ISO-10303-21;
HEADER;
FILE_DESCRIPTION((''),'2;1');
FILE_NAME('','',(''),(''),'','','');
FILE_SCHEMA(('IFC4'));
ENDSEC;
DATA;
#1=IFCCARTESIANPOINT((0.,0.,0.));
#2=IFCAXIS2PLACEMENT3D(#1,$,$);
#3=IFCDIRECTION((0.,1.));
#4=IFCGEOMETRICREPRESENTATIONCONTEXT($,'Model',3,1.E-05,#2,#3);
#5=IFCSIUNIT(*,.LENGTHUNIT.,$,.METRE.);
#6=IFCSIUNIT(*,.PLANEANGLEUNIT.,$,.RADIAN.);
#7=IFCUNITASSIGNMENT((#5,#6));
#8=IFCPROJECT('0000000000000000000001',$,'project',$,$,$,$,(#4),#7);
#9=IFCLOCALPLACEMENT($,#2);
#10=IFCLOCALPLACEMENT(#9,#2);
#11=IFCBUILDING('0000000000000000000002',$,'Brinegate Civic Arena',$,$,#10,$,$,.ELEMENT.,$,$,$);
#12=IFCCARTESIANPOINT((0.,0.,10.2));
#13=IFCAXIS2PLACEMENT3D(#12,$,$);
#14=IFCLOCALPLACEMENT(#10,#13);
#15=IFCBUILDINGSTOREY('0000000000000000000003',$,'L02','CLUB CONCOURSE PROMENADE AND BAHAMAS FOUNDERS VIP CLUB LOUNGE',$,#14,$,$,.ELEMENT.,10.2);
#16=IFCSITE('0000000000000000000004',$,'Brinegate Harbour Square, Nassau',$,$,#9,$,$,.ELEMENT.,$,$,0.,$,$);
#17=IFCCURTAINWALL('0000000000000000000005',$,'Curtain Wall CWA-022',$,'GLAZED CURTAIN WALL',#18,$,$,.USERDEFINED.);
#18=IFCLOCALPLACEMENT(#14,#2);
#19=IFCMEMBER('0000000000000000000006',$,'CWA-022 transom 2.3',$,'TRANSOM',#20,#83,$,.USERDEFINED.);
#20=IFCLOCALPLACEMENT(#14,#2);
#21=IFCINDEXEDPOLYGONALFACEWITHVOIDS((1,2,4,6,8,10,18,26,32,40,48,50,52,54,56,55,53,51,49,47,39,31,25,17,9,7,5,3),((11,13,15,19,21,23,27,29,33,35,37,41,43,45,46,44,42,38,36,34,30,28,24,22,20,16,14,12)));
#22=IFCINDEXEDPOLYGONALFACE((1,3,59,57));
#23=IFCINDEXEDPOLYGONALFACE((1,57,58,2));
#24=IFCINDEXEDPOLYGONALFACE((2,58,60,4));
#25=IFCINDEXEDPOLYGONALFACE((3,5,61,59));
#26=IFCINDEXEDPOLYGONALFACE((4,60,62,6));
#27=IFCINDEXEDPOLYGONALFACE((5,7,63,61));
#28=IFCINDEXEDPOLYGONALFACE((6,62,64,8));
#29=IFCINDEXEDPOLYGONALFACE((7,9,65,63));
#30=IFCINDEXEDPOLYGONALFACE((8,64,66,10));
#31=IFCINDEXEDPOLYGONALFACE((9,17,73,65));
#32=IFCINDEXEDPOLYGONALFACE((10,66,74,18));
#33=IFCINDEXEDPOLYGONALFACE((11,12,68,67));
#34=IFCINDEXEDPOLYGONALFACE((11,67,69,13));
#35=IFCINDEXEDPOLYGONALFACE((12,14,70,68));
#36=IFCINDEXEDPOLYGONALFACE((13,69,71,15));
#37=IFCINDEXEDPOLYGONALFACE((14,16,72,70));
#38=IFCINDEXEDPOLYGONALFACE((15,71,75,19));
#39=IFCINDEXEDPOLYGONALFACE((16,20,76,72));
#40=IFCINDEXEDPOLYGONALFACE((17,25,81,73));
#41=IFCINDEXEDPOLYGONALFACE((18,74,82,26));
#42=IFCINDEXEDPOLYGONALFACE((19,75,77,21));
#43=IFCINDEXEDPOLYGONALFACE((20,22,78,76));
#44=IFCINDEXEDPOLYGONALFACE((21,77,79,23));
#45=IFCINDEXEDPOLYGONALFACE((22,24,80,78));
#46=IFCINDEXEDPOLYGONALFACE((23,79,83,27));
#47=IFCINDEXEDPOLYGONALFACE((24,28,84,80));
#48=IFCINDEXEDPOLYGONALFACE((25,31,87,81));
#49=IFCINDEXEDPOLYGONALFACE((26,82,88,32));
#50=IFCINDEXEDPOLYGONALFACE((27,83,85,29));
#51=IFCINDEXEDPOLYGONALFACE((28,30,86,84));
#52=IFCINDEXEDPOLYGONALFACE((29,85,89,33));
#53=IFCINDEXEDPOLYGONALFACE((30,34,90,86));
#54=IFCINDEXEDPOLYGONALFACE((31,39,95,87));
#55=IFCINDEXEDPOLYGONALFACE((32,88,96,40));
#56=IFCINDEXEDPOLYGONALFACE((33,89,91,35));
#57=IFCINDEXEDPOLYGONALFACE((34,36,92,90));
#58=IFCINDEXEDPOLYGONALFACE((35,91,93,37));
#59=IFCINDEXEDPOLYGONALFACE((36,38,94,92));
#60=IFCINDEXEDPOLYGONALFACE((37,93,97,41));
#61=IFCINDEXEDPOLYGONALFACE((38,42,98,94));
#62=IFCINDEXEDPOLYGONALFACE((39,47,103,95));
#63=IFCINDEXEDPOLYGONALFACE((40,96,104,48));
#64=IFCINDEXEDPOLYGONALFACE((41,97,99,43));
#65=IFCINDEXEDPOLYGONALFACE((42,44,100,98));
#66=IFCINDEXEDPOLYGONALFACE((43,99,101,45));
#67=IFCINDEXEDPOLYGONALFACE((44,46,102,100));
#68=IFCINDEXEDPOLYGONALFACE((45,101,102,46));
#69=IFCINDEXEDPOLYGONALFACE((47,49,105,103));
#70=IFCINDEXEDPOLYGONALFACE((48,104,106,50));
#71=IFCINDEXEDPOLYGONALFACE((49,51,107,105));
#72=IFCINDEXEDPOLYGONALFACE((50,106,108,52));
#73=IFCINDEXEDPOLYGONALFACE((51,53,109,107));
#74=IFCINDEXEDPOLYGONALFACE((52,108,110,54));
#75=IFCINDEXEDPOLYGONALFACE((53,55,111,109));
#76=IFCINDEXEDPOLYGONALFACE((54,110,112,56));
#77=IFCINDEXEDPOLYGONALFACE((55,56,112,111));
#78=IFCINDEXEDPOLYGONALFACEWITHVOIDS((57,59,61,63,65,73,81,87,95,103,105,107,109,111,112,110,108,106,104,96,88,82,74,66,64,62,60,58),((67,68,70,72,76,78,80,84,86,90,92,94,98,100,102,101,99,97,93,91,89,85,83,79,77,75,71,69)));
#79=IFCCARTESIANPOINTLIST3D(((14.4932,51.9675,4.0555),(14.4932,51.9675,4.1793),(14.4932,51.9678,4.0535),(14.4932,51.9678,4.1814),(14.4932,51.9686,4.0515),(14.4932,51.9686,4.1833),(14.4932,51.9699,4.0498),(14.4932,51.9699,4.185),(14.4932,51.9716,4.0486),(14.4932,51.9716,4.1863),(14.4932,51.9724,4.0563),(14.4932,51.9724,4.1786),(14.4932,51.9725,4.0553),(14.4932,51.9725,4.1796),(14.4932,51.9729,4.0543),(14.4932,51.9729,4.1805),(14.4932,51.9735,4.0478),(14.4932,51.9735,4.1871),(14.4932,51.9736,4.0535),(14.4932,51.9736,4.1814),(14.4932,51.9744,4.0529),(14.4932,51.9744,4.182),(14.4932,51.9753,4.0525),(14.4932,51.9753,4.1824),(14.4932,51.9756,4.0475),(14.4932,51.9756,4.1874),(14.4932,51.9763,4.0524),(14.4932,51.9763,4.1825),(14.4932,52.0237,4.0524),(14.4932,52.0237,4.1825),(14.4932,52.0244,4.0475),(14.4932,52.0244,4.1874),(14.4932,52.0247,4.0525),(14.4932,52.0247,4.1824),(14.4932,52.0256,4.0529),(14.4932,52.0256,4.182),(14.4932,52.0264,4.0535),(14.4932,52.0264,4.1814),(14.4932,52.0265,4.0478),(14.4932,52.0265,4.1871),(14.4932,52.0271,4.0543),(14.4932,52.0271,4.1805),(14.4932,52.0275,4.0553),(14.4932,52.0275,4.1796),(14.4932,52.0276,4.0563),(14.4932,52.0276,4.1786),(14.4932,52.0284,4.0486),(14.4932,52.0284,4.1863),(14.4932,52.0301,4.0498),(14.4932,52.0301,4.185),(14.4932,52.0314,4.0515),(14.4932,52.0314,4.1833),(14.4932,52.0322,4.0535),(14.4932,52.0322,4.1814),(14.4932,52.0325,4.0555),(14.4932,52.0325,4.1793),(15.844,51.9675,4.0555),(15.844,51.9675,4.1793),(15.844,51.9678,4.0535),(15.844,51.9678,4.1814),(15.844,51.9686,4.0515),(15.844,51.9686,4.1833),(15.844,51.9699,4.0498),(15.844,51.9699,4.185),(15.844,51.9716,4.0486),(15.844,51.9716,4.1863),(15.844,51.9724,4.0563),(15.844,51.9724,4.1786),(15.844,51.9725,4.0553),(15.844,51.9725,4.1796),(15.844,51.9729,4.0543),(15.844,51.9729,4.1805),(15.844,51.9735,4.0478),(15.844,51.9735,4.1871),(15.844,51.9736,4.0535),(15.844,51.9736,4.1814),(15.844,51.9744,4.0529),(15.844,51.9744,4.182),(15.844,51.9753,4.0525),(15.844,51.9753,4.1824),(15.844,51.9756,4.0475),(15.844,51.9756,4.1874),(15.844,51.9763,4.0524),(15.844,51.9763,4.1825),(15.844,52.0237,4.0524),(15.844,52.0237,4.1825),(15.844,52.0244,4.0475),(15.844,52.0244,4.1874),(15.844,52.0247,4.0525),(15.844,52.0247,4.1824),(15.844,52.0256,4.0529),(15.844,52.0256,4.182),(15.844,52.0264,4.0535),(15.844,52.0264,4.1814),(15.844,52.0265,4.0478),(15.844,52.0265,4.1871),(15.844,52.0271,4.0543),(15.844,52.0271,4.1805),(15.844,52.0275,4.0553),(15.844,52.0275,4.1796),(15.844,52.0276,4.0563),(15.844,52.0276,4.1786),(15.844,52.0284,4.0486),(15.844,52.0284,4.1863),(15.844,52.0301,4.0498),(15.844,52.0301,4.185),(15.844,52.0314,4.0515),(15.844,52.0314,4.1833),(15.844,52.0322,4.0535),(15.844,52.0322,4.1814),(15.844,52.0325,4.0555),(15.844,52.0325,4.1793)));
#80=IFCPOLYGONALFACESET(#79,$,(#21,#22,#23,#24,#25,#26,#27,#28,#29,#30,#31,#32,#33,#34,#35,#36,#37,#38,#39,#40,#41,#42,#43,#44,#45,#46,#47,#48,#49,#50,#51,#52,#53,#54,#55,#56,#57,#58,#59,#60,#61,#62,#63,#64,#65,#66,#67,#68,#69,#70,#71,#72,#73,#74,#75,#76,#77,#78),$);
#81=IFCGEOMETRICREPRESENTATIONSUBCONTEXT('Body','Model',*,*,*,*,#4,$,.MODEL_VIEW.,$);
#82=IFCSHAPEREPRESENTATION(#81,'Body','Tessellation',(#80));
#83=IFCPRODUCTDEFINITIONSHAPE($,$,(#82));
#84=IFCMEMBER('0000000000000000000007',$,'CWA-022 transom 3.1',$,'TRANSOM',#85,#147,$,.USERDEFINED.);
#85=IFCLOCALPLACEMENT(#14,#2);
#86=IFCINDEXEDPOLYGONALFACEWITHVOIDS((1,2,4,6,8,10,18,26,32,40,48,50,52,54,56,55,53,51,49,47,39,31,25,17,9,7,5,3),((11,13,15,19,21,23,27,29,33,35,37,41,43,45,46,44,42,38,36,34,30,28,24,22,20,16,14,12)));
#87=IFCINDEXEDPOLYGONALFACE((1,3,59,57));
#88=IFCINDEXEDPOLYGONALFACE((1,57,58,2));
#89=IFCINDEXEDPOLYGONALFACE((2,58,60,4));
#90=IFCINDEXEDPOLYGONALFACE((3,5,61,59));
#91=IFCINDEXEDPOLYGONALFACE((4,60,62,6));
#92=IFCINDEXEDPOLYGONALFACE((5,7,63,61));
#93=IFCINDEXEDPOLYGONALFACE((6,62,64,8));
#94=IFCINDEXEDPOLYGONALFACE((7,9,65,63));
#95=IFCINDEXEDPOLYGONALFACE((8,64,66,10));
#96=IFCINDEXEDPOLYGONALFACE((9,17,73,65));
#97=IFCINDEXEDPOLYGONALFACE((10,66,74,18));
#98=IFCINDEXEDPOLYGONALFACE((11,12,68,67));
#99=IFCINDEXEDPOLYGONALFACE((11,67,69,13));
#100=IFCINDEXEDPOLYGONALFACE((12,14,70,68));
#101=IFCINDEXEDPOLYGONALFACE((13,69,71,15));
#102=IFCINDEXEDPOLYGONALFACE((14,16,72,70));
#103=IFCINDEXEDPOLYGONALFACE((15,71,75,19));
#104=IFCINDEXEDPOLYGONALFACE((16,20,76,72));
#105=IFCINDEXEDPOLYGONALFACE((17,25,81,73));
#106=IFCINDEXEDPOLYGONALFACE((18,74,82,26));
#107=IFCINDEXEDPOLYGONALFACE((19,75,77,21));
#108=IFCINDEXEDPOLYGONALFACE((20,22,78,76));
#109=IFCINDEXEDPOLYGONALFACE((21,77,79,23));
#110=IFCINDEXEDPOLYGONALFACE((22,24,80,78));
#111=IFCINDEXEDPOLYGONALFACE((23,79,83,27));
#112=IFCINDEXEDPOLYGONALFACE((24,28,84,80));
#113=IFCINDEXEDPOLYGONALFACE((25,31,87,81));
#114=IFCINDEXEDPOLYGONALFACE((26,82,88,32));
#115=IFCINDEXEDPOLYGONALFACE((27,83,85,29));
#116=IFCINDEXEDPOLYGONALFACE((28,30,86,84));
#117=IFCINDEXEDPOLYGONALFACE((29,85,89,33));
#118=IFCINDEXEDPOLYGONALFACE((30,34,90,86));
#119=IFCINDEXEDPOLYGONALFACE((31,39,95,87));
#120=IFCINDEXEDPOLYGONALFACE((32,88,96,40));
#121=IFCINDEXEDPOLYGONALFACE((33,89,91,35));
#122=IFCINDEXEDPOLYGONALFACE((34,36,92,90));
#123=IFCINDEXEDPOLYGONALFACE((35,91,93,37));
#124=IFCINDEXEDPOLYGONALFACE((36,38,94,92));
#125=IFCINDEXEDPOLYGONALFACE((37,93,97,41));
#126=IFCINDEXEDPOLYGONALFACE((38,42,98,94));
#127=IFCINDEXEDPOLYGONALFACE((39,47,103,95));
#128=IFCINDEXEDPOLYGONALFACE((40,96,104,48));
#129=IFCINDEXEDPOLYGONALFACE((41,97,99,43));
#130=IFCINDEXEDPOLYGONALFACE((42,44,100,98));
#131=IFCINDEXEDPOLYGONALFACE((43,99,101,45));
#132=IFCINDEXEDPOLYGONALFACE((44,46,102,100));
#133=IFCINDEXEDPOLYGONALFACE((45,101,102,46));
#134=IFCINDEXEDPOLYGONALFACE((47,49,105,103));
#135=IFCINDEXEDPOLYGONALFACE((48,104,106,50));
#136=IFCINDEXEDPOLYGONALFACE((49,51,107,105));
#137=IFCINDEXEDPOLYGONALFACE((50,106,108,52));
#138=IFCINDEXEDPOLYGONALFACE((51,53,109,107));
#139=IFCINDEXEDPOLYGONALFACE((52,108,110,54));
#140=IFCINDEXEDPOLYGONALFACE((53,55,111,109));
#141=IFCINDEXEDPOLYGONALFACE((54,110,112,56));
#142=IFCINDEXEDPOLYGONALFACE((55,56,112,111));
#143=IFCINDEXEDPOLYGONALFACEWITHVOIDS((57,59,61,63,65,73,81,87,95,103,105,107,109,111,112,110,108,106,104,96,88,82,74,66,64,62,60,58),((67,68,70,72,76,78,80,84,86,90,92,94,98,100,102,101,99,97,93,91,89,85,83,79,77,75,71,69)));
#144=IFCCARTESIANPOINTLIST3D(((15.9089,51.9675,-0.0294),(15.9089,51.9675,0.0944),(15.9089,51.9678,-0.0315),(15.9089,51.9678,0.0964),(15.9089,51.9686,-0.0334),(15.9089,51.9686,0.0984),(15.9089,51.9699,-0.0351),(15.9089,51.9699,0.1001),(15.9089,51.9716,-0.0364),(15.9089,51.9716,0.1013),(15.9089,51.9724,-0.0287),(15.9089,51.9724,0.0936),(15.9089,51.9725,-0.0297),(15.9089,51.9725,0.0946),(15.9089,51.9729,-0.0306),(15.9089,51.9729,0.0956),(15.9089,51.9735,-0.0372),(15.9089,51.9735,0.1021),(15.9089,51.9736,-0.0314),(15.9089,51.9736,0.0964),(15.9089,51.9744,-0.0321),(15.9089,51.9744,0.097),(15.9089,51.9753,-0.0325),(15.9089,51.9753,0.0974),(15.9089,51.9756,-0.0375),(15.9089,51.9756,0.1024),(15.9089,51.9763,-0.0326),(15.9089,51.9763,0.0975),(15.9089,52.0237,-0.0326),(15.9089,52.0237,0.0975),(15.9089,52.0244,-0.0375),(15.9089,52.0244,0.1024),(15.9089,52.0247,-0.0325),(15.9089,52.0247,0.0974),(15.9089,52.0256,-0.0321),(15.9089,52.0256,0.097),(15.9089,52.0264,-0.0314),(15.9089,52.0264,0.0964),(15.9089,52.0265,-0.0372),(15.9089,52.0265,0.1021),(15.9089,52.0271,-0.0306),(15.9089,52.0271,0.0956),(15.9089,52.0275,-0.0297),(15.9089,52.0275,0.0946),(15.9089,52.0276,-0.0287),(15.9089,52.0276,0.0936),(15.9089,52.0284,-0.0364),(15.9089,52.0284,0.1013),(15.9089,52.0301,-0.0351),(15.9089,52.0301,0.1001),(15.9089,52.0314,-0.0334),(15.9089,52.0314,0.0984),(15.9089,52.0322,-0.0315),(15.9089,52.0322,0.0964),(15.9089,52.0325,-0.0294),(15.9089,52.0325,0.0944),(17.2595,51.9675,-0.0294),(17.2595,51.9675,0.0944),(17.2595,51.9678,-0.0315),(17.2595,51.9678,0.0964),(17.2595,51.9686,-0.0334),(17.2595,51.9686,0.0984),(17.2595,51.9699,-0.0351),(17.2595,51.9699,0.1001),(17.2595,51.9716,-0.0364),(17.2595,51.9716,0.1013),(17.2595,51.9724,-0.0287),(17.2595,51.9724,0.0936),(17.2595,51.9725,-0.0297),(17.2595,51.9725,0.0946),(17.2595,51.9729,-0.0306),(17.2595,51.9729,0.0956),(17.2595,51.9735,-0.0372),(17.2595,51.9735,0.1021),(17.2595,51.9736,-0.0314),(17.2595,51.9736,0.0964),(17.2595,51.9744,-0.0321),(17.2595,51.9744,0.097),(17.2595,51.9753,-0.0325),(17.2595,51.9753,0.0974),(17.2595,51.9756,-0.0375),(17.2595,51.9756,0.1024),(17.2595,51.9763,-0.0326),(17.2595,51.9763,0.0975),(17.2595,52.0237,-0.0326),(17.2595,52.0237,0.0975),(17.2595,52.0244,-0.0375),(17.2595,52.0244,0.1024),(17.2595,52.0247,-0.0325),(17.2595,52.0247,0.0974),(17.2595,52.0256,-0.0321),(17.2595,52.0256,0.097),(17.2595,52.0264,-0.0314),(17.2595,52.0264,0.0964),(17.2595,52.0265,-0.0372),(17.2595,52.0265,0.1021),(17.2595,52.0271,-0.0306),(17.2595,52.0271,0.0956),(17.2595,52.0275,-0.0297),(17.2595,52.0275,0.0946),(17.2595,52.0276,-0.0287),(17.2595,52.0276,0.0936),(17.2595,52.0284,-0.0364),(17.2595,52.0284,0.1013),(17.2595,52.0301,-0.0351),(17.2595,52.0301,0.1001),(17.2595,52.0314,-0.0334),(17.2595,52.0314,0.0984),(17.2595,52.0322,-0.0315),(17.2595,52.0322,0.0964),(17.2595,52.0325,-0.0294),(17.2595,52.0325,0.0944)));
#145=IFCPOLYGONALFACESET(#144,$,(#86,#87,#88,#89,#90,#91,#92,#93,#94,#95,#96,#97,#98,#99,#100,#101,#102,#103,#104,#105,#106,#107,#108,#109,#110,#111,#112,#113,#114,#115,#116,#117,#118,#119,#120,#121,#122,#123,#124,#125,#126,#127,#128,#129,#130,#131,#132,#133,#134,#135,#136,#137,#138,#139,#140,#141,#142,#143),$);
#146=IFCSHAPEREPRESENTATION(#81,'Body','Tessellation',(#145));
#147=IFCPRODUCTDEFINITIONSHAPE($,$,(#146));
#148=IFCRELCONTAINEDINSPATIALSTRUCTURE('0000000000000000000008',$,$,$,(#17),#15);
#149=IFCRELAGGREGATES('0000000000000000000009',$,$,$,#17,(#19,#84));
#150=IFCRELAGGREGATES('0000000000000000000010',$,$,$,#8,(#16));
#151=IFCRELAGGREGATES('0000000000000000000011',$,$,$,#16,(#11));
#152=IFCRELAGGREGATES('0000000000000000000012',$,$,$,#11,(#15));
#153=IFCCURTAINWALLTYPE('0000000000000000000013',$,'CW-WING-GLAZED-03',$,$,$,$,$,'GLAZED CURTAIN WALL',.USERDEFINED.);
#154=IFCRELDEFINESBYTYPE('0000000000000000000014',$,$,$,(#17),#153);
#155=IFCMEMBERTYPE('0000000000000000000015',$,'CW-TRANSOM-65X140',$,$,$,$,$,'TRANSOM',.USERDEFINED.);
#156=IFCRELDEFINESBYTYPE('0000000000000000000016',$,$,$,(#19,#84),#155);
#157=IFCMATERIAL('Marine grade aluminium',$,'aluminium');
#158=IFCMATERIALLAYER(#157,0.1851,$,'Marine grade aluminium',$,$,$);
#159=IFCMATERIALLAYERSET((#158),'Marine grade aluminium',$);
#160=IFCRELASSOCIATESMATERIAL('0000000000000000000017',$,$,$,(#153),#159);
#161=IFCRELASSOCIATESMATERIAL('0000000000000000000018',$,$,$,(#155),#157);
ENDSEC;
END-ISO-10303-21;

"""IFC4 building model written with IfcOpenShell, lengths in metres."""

from ifc_helpers import new_model, si_unit, direction, frame, origin, origin_2d, place, context, subcontext, project, spatial, hollow_rectangle, extrude, material, layer, layer_set, material_profile, profile_set, type_object, element, aggregate, save


model = new_model("IFC4")

# Units and contexts
model_context = context("Model", 3, precision=1e-05, world=origin(), true_north=direction((0.0, 1.0)))
body_context = subcontext(model_context, "Body", "Model", "MODEL_VIEW")
ifc_project = project(units=[si_unit("LENGTHUNIT", "METRE"), si_unit("PLANEANGLEUNIT", "RADIAN")], contexts=[model_context])

# Site, building, storey
site_placement = place(None, origin())
site = spatial("IfcSite", under=ifc_project, at=site_placement, Name="Brinegate Harbour Square, Nassau", CompositionType="ELEMENT", RefElevation=0.0)
building_placement = place(site_placement, origin())
building = spatial("IfcBuilding", under=site, at=building_placement, Name="Brinegate Civic Arena", CompositionType="ELEMENT")
storey_placement = place(building_placement, frame((0.0, 0.0, 10.2)))
storey = spatial("IfcBuildingStorey", under=building, at=storey_placement, Name="L02", Description="CLUB CONCOURSE PROMENADE AND BAHAMAS FOUNDERS VIP CLUB LOUNGE", CompositionType="ELEMENT", Elevation=10.2)

# Curtain wall, members
ifc_material_1 = material(Name="Marine grade aluminium", Category="aluminium")
ifc_layer_1 = layer(ifc_material_1, 0.1851, Name="Marine grade aluminium")
ifc_layer_set_1 = layer_set([ifc_layer_1], Name="Marine grade aluminium")
curtain_wall_type = type_object("IfcCurtainWallType", Name="CW-WING-GLAZED-03", ElementType="GLAZED CURTAIN WALL", PredefinedType="USERDEFINED", material=ifc_layer_set_1)
curtain_wall_placement = place(storey_placement, origin())
curtain_wall = element("IfcCurtainWall", 1, at=curtain_wall_placement, inside=storey, type_object=curtain_wall_type, Name="Curtain Wall CWA-022", ObjectType="GLAZED CURTAIN WALL", PredefinedType="USERDEFINED")
ifc_material_profile_1 = material_profile(ifc_material_1, hollow_rectangle(XDim=0.0649, YDim=0.1399, WallThickness=0.0049, InnerFilletRadius=0.0039, OuterFilletRadius=0.0081, at=origin_2d()), Name="TRN65X140")
ifc_profile_set_1 = profile_set([ifc_material_profile_1], Name="Marine grade aluminium")
member_type_1 = type_object("IfcMemberType", Name="CW-TRANSOM-65X140", ElementType="TRANSOM", PredefinedType="USERDEFINED", material=ifc_profile_set_1)
member_1_placement = place(storey_placement, frame((14.4932, 52.0, 4.1174), z_axis=(1.0, 0.0, 0.0), x_axis=(0.0, 1.0, 0.0)))
member_1 = element("IfcMember", 2, at=member_1_placement, type_object=member_type_1, Name="CWA-022 transom 2.3", ObjectType="TRANSOM", PredefinedType="USERDEFINED", context=body_context, shape_type="SweptSolid", body=[
    extrude(hollow_rectangle(XDim=0.0649, YDim=0.1399, WallThickness=0.0049, InnerFilletRadius=0.0039, OuterFilletRadius=0.0081, at=origin_2d()), origin(), (0.0, 0.0, 1.0), 1.3508),
])
member_2_placement = place(storey_placement, frame((15.9089, 52.0, 0.0325), z_axis=(1.0, 0.0, 0.0), x_axis=(0.0, 1.0, 0.0)))
member_2 = element("IfcMember", 3, at=member_2_placement, type_object=member_type_1, Name="CWA-022 transom 3.1", ObjectType="TRANSOM", PredefinedType="USERDEFINED", context=body_context, shape_type="SweptSolid", body=[
    extrude(hollow_rectangle(XDim=0.0649, YDim=0.1399, WallThickness=0.0049, InnerFilletRadius=0.0039, OuterFilletRadius=0.0081, at=origin_2d()), origin(), (0.0, 0.0, 1.0), 1.3506),
])
aggregate(curtain_wall, [member_1, member_2])

save(model, "model.ifc")
